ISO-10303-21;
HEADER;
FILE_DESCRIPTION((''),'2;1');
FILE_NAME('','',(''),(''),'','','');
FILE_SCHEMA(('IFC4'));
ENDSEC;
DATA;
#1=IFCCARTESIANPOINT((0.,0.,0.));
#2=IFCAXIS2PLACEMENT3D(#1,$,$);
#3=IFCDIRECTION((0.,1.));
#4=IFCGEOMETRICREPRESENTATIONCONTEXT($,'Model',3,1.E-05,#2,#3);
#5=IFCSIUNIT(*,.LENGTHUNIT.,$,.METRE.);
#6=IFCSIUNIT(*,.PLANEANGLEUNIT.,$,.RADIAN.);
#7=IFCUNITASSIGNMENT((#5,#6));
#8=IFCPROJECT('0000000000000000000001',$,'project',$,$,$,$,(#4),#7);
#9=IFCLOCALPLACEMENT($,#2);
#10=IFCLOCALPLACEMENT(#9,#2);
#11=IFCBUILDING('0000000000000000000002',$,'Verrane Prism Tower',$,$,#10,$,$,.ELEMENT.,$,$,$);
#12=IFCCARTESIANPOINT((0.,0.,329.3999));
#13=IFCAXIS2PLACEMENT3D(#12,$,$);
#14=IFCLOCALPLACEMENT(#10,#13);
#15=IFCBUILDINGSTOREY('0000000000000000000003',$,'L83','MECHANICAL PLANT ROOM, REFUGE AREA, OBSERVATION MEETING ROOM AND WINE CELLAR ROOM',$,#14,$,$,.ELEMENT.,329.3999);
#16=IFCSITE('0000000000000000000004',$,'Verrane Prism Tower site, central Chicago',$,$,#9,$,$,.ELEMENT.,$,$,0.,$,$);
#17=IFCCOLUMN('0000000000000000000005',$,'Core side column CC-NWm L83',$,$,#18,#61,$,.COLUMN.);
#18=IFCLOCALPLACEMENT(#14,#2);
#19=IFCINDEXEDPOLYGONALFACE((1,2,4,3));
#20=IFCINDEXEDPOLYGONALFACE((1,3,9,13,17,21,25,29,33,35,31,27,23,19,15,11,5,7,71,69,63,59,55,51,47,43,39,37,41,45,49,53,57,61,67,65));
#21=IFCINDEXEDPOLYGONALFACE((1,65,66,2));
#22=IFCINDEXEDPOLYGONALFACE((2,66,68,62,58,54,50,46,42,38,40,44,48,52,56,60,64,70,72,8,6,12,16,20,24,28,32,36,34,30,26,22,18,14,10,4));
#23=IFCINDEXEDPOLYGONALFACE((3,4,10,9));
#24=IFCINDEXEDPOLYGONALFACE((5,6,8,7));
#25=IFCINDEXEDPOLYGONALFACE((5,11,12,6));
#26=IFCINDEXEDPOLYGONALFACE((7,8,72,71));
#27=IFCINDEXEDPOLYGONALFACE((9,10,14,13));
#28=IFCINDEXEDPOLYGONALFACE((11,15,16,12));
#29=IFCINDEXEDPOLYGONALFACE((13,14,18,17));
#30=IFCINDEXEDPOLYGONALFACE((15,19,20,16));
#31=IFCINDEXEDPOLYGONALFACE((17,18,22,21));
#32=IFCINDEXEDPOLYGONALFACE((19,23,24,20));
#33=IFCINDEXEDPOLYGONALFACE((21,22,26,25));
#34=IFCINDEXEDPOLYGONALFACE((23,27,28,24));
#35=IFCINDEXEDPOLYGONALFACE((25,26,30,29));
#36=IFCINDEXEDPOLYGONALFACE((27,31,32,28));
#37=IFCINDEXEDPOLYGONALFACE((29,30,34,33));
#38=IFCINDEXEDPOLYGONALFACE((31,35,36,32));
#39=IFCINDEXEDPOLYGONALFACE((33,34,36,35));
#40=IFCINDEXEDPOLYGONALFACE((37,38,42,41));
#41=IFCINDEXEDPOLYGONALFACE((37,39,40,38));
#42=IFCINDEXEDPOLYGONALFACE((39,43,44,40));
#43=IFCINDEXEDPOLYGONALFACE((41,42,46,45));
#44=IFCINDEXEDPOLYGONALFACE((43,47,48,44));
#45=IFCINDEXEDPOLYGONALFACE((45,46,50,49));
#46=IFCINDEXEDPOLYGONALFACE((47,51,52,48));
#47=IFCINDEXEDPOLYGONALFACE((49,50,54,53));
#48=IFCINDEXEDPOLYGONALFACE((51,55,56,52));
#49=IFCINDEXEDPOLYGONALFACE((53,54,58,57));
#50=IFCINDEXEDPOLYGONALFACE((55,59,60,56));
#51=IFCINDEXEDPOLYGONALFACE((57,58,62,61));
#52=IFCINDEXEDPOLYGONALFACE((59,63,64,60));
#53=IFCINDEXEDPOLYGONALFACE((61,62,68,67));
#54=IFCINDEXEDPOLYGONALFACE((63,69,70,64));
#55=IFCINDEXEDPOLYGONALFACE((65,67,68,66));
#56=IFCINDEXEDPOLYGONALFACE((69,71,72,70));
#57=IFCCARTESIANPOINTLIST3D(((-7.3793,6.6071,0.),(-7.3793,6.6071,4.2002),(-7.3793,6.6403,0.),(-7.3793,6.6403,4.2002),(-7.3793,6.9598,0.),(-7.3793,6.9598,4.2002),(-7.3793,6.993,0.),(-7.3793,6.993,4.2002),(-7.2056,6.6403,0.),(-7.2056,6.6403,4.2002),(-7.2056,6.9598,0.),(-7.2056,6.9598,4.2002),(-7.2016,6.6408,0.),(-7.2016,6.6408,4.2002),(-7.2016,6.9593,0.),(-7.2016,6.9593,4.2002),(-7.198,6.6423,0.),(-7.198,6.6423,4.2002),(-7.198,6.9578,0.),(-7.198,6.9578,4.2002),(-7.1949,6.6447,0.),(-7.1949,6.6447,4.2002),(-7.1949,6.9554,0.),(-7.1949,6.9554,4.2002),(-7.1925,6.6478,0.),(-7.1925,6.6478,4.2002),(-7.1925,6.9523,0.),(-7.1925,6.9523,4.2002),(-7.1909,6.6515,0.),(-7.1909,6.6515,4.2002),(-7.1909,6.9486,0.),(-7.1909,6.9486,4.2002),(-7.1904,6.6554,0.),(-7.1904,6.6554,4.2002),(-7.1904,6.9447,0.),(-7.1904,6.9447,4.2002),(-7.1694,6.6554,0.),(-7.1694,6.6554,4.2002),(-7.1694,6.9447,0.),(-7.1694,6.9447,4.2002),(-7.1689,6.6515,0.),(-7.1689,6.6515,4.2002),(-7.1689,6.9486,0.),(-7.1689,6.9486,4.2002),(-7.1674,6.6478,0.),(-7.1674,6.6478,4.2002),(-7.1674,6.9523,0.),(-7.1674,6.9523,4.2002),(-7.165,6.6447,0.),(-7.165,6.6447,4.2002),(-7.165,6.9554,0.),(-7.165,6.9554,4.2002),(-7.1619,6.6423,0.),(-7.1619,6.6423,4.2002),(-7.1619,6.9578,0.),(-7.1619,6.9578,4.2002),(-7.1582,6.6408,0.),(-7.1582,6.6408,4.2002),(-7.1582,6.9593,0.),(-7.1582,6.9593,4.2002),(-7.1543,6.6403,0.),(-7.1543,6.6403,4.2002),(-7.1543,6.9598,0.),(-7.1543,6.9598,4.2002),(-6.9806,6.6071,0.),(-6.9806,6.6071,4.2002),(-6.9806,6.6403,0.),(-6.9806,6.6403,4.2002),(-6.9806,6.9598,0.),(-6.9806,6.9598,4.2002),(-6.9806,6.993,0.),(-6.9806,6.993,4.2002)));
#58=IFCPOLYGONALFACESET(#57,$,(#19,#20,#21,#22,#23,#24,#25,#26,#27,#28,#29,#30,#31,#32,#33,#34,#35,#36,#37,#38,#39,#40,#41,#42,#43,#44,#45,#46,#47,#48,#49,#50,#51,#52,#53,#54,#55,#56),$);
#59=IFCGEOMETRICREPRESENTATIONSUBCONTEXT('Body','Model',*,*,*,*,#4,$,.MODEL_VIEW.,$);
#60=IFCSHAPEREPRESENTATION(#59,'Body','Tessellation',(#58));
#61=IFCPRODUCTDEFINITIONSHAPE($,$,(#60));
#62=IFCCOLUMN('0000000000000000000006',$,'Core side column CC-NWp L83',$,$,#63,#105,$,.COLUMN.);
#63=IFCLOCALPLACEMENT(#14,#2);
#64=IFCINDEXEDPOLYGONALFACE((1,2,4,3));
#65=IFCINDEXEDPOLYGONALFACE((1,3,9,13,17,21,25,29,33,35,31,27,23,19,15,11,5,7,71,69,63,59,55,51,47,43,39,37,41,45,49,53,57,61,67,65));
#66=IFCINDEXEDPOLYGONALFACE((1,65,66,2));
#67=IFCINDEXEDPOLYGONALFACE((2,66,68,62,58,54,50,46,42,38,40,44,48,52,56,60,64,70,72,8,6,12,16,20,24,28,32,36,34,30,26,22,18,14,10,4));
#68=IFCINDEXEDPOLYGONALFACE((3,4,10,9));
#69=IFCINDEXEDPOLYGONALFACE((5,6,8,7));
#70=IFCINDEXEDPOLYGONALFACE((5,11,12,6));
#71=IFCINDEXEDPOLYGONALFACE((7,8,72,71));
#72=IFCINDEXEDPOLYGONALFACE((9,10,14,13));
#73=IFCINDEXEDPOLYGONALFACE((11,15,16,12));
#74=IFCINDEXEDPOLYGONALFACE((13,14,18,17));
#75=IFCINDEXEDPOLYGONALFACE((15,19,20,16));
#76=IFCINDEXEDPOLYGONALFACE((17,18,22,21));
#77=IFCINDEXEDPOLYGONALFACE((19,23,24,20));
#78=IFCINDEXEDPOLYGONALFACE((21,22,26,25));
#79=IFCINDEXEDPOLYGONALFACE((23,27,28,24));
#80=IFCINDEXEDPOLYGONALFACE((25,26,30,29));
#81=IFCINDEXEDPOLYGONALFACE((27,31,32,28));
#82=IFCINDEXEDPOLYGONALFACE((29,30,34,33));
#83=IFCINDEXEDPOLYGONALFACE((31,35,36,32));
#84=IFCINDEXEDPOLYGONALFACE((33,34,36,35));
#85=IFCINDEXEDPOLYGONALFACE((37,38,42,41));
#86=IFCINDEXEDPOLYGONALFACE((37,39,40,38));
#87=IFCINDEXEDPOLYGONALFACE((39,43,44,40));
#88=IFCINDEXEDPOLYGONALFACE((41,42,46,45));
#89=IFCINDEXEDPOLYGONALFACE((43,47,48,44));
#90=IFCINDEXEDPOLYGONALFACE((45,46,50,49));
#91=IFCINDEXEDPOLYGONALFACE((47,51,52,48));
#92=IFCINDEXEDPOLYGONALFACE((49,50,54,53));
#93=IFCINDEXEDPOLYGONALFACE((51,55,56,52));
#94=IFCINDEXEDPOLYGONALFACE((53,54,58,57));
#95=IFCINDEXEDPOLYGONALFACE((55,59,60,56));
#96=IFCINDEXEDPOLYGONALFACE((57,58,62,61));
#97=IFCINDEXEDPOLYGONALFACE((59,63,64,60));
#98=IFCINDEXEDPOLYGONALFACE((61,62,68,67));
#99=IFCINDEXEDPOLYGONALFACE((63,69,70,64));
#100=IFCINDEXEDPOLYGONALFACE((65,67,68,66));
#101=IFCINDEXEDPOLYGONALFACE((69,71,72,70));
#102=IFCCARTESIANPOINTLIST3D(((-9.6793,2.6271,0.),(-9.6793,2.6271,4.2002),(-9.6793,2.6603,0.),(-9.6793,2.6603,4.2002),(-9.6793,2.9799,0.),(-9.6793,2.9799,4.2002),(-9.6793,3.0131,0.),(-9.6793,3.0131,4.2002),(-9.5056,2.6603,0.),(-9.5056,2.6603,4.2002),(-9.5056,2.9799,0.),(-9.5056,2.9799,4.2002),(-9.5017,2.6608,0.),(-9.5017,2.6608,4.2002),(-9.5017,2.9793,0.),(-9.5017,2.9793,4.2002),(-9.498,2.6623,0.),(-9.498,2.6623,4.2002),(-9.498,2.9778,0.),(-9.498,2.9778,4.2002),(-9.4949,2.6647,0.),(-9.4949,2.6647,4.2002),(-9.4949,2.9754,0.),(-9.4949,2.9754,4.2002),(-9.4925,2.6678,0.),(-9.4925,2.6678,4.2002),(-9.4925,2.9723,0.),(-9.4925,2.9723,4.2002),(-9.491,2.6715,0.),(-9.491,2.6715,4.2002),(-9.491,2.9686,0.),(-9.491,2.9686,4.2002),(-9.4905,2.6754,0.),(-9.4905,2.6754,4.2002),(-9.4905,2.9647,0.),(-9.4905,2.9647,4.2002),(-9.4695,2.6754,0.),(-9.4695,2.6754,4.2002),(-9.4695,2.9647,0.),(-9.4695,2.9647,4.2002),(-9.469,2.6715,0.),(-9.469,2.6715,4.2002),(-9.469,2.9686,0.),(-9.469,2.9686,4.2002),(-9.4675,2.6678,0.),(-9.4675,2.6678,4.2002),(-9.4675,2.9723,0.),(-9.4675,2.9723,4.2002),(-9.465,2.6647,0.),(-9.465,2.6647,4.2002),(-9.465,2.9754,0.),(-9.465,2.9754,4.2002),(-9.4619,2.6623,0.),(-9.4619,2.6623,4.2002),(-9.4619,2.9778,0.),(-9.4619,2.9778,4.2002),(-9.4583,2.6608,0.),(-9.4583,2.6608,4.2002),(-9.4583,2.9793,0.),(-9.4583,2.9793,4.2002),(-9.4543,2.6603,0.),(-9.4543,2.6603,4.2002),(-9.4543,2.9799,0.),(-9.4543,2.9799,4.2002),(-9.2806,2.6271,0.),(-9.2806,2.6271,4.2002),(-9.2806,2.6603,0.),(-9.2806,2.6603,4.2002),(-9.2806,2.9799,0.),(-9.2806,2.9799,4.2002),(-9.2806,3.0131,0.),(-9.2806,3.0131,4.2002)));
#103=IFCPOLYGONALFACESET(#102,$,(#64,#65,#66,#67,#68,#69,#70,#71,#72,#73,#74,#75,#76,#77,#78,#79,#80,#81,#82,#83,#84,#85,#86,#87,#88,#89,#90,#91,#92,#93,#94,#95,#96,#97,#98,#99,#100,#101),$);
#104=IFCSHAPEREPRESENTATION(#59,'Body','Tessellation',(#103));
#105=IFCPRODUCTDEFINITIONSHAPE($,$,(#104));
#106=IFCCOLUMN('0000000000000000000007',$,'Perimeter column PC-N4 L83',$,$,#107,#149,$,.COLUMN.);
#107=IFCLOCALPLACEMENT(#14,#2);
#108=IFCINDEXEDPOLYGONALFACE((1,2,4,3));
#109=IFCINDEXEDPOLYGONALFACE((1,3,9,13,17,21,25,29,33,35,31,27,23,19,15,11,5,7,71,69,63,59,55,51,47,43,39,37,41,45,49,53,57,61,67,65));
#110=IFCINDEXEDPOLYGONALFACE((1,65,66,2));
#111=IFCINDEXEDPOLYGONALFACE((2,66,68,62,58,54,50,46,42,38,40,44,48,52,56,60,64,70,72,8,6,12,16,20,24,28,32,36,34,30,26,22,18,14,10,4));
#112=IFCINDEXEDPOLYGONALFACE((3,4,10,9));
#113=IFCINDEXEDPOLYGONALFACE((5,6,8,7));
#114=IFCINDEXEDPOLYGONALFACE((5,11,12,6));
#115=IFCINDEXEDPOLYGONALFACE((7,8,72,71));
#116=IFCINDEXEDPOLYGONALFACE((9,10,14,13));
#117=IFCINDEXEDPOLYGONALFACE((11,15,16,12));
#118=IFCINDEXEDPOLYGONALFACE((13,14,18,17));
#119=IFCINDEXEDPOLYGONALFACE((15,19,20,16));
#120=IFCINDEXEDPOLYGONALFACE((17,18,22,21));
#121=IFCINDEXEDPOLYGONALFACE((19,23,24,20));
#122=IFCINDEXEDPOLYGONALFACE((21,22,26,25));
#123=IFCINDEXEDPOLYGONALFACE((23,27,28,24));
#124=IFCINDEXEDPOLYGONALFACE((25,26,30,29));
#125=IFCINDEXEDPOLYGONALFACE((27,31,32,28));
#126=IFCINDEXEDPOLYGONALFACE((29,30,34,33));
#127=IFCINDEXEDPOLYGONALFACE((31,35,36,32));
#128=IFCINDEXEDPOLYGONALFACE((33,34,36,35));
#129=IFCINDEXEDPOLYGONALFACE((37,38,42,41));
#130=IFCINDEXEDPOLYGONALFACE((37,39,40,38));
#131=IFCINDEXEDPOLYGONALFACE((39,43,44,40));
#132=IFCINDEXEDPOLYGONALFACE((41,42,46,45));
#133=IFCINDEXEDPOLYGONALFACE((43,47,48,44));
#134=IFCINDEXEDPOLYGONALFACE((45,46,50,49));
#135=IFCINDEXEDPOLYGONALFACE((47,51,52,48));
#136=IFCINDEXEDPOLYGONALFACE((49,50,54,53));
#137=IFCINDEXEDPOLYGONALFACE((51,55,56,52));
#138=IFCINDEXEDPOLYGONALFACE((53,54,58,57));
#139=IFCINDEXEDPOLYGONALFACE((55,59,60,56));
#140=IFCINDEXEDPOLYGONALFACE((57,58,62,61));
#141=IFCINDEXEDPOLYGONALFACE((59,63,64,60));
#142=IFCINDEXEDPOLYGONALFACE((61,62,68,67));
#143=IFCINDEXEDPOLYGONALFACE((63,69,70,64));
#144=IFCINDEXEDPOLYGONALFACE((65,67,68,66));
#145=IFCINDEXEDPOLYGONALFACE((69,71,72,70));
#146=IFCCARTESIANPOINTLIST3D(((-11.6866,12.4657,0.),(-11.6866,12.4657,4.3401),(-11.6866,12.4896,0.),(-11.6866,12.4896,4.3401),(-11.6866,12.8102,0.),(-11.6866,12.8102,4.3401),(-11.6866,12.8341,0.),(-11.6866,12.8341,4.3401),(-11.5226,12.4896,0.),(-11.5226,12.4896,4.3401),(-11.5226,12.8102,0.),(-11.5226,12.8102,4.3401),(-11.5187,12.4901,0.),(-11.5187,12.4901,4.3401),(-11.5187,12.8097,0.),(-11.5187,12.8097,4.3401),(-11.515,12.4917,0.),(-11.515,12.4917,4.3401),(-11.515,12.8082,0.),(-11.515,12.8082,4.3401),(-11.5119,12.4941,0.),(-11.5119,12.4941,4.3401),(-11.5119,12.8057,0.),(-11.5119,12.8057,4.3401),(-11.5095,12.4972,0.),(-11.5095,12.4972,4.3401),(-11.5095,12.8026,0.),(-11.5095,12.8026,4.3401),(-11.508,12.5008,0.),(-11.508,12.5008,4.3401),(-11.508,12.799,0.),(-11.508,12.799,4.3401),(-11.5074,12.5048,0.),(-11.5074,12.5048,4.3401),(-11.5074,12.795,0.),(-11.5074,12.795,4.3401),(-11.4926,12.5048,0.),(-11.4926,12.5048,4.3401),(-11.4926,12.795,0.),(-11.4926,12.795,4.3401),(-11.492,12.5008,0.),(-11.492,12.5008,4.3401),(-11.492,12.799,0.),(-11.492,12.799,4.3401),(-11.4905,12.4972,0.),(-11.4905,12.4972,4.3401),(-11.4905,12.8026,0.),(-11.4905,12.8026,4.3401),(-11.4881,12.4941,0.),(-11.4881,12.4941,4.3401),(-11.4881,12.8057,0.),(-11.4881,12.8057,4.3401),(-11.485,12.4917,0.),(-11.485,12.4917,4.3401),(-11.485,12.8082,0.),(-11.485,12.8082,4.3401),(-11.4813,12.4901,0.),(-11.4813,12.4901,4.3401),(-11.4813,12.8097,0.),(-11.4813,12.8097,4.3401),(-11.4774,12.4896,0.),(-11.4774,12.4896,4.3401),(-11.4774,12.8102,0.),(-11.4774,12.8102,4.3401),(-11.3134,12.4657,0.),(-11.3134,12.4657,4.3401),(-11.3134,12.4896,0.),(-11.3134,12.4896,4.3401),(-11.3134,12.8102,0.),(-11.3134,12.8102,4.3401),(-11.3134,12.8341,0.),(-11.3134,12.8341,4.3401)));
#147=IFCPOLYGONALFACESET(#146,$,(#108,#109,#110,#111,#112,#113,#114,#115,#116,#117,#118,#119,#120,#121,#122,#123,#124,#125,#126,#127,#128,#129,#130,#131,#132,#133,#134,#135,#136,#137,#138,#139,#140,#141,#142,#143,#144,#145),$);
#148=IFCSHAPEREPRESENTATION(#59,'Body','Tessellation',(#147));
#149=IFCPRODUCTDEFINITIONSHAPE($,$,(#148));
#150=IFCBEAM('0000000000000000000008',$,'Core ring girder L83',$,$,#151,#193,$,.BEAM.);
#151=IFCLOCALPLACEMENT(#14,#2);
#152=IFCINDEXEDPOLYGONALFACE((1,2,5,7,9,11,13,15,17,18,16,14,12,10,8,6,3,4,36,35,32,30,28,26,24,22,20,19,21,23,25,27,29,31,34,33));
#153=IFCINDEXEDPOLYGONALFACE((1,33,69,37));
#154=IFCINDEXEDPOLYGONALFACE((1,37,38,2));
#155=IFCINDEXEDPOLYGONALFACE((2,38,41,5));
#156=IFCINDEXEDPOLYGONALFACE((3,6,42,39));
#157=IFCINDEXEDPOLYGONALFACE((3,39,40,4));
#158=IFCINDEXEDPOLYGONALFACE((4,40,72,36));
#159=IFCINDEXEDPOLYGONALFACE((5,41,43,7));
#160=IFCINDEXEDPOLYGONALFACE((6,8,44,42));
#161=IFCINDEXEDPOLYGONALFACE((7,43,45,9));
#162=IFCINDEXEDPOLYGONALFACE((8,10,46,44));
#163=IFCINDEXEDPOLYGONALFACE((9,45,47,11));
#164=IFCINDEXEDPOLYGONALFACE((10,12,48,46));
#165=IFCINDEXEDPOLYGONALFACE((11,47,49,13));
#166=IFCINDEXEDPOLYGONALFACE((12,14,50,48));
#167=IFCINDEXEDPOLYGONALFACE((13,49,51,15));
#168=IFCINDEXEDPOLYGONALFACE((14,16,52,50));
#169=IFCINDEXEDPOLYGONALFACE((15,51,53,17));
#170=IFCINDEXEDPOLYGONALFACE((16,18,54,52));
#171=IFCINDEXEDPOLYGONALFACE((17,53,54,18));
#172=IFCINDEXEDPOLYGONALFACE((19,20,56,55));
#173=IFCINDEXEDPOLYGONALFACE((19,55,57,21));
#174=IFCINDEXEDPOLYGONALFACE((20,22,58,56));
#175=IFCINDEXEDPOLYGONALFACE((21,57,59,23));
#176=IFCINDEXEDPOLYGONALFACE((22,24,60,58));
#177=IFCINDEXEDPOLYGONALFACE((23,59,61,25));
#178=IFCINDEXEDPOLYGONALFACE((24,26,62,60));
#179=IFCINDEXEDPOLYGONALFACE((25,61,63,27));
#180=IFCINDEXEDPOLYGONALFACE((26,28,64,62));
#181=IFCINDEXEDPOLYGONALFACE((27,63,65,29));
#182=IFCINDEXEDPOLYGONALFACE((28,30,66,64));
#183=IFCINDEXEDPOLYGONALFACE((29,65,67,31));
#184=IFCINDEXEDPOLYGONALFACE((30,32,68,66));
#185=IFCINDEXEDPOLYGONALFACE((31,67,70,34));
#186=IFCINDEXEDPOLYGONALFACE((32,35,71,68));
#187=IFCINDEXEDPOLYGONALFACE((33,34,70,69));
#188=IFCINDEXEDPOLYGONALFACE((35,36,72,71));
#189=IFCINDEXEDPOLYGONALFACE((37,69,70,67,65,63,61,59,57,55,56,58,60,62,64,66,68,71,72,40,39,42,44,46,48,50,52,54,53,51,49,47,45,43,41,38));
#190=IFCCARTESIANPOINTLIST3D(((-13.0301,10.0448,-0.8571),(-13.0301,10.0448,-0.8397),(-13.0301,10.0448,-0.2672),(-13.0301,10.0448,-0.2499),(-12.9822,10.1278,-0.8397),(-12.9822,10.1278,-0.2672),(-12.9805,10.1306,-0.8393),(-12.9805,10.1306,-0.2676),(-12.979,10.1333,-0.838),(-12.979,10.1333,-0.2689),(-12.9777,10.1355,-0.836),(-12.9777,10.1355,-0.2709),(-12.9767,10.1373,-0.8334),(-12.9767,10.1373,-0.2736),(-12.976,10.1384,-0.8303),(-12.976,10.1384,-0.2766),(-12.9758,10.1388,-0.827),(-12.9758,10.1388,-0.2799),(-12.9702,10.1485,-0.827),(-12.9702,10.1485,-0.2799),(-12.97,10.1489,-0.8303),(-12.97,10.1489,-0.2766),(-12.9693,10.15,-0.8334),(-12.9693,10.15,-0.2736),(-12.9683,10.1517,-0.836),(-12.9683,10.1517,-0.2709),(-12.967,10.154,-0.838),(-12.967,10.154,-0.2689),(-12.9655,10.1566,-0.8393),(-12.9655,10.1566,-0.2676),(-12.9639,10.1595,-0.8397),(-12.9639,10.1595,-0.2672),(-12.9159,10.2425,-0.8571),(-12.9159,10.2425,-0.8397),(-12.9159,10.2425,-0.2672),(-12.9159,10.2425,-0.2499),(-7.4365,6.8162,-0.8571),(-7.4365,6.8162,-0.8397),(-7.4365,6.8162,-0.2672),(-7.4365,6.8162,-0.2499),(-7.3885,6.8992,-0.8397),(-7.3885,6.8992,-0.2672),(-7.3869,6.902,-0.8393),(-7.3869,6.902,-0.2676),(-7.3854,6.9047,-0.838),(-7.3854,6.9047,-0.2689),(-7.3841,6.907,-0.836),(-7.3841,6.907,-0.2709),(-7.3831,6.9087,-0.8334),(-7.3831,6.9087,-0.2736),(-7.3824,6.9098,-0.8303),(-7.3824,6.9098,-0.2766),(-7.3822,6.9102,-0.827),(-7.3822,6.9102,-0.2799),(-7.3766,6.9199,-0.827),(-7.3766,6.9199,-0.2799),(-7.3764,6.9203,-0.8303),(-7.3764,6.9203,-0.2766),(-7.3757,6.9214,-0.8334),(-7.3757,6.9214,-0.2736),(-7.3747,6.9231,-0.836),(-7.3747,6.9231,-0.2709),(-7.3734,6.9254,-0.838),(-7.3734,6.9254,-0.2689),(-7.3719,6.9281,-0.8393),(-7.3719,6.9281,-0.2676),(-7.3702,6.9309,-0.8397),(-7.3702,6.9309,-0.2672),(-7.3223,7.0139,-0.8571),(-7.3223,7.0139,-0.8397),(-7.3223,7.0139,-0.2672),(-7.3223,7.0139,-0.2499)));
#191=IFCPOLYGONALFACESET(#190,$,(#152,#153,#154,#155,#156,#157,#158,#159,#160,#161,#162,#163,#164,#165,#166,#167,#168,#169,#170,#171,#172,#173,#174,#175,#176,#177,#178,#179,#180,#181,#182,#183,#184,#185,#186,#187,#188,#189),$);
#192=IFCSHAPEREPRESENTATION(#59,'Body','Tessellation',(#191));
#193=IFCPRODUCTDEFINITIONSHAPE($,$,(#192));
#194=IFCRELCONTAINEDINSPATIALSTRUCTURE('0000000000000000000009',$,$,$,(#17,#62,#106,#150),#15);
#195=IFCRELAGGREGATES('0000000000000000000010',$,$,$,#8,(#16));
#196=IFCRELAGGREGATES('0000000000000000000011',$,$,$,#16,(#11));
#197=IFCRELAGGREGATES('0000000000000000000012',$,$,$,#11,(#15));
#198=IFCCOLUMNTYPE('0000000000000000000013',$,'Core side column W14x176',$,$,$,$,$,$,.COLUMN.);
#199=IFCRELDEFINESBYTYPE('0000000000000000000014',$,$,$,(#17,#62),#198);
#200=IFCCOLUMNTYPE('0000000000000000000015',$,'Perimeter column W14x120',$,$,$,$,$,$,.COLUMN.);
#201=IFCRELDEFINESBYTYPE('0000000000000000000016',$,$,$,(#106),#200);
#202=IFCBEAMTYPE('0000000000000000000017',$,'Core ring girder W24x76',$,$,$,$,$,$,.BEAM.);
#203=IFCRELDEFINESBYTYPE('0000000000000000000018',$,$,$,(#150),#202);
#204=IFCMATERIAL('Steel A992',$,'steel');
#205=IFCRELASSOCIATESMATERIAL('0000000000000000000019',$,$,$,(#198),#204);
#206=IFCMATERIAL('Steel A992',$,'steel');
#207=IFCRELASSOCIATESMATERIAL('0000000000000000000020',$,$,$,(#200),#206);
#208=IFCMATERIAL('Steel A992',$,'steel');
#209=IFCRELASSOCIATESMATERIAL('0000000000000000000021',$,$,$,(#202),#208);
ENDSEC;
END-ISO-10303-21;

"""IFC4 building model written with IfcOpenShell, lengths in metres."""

from ifc_helpers import new_model, si_unit, direction, frame, origin, origin_2d, place, context, subcontext, project, spatial, i_section, extrude, material, material_profile, profile_set, type_object, element, save


model = new_model("IFC4")

# Units and contexts
model_context = context("Model", 3, precision=1e-05, world=origin(), true_north=direction((0.0, 1.0)))
body_context = subcontext(model_context, "Body", "Model", "MODEL_VIEW")
ifc_project = project(units=[si_unit("LENGTHUNIT", "METRE"), si_unit("PLANEANGLEUNIT", "RADIAN")], contexts=[model_context])

# Site, building, storey
site_placement = place(None, origin())
site = spatial("IfcSite", under=ifc_project, at=site_placement, Name="Verrane Prism Tower site, central Chicago", CompositionType="ELEMENT", RefElevation=0.0)
building_placement = place(site_placement, origin())
building = spatial("IfcBuilding", under=site, at=building_placement, Name="Verrane Prism Tower", CompositionType="ELEMENT")
storey_placement = place(building_placement, frame((0.0, 0.0, 329.3999)))
storey = spatial("IfcBuildingStorey", under=building, at=storey_placement, Name="L83", Description="MECHANICAL PLANT ROOM, REFUGE AREA, OBSERVATION MEETING ROOM AND WINE CELLAR ROOM", CompositionType="ELEMENT", Elevation=329.3999)

# Columns
ifc_material_1 = material(Name="Steel A992", Category="steel")
ifc_material_profile_1 = material_profile(ifc_material_1, i_section(OverallWidth=0.3987, OverallDepth=0.386, WebThickness=0.021, FlangeThickness=0.0332, FilletRadius=0.0151, at=origin_2d()), Name="W14x176")
ifc_profile_set_1 = profile_set([ifc_material_profile_1], Name="Steel A992")
column_type_1 = type_object("IfcColumnType", Name="Core side column W14x176", PredefinedType="COLUMN", material=ifc_profile_set_1)
for number, where, z_axis, x_axis, name in (
    (1, (-7.1799, 6.8, 0.0), (0.0, 0.0, 1.0), (1.0, 0.0, 0.0), "Core side column CC-NWm L83"),
    (2, (-9.48, 2.8201, 0.0), (0.0, 0.0, 1.0), (1.0, 0.0, 0.0), "Core side column CC-NWp L83"),
):
    element("IfcColumn", number, at=place(storey_placement, frame(where, z_axis=z_axis, x_axis=x_axis)), inside=storey, type_object=column_type_1, Name=name, PredefinedType="COLUMN", context=body_context, shape_type="SweptSolid", body=[
        extrude(i_section(OverallWidth=0.3987, OverallDepth=0.386, WebThickness=0.021, FlangeThickness=0.0332, FilletRadius=0.0151, at=origin_2d()), origin(), (0.0, 0.0, 1.0), 4.2002),
    ])
ifc_material_2 = material(Name="Steel A992", Category="steel")
ifc_material_profile_2 = material_profile(ifc_material_2, i_section(OverallWidth=0.3733, OverallDepth=0.3684, WebThickness=0.0149, FlangeThickness=0.0239, FilletRadius=0.0151, at=origin_2d()), Name="W14x120")
ifc_profile_set_2 = profile_set([ifc_material_profile_2], Name="Steel A992")
column_type_2 = type_object("IfcColumnType", Name="Perimeter column W14x120", PredefinedType="COLUMN", material=ifc_profile_set_2)
column_placement = place(storey_placement, frame((-11.5, 12.6499, 0.0), z_axis=(0.0, 0.0, 1.0), x_axis=(1.0, 0.0, 0.0)))
element("IfcColumn", 3, at=column_placement, inside=storey, type_object=column_type_2, Name="Perimeter column PC-N4 L83", PredefinedType="COLUMN", context=body_context, shape_type="SweptSolid", body=[
    extrude(i_section(OverallWidth=0.3733, OverallDepth=0.3684, WebThickness=0.0149, FlangeThickness=0.0239, FilletRadius=0.0151, at=origin_2d()), origin(), (0.0, 0.0, 1.0), 4.3401),
])

# Beam
ifc_material_3 = material(Name="Steel A992", Category="steel")
ifc_material_profile_3 = material_profile(ifc_material_3, i_section(OverallWidth=0.2283, OverallDepth=0.6072, WebThickness=0.0112, FlangeThickness=0.0173, FilletRadius=0.0127, at=origin_2d()), Name="W24x76")
ifc_profile_set_3 = profile_set([ifc_material_profile_3], Name="Steel A992")
beam_type_1 = type_object("IfcBeamType", Name="Core ring girder W24x76", PredefinedType="BEAM", material=ifc_profile_set_3)
beam_1_placement = place(storey_placement, frame((-7.3794, 6.915, -0.5535), z_axis=(-0.866086, 0.499896, 0.0), x_axis=(-0.499896, -0.866086, 0.0)))
element("IfcBeam", 4, at=beam_1_placement, inside=storey, type_object=beam_type_1, Name="Core ring girder L83", PredefinedType="BEAM", context=body_context, shape_type="SweptSolid", body=[
    extrude(i_section(OverallWidth=0.2283, OverallDepth=0.6072, WebThickness=0.0112, FlangeThickness=0.0173, FilletRadius=0.0127, at=origin_2d()), origin(), (0.0, 0.0, 1.0), 6.4585),
])

save(model, "model.ifc")
